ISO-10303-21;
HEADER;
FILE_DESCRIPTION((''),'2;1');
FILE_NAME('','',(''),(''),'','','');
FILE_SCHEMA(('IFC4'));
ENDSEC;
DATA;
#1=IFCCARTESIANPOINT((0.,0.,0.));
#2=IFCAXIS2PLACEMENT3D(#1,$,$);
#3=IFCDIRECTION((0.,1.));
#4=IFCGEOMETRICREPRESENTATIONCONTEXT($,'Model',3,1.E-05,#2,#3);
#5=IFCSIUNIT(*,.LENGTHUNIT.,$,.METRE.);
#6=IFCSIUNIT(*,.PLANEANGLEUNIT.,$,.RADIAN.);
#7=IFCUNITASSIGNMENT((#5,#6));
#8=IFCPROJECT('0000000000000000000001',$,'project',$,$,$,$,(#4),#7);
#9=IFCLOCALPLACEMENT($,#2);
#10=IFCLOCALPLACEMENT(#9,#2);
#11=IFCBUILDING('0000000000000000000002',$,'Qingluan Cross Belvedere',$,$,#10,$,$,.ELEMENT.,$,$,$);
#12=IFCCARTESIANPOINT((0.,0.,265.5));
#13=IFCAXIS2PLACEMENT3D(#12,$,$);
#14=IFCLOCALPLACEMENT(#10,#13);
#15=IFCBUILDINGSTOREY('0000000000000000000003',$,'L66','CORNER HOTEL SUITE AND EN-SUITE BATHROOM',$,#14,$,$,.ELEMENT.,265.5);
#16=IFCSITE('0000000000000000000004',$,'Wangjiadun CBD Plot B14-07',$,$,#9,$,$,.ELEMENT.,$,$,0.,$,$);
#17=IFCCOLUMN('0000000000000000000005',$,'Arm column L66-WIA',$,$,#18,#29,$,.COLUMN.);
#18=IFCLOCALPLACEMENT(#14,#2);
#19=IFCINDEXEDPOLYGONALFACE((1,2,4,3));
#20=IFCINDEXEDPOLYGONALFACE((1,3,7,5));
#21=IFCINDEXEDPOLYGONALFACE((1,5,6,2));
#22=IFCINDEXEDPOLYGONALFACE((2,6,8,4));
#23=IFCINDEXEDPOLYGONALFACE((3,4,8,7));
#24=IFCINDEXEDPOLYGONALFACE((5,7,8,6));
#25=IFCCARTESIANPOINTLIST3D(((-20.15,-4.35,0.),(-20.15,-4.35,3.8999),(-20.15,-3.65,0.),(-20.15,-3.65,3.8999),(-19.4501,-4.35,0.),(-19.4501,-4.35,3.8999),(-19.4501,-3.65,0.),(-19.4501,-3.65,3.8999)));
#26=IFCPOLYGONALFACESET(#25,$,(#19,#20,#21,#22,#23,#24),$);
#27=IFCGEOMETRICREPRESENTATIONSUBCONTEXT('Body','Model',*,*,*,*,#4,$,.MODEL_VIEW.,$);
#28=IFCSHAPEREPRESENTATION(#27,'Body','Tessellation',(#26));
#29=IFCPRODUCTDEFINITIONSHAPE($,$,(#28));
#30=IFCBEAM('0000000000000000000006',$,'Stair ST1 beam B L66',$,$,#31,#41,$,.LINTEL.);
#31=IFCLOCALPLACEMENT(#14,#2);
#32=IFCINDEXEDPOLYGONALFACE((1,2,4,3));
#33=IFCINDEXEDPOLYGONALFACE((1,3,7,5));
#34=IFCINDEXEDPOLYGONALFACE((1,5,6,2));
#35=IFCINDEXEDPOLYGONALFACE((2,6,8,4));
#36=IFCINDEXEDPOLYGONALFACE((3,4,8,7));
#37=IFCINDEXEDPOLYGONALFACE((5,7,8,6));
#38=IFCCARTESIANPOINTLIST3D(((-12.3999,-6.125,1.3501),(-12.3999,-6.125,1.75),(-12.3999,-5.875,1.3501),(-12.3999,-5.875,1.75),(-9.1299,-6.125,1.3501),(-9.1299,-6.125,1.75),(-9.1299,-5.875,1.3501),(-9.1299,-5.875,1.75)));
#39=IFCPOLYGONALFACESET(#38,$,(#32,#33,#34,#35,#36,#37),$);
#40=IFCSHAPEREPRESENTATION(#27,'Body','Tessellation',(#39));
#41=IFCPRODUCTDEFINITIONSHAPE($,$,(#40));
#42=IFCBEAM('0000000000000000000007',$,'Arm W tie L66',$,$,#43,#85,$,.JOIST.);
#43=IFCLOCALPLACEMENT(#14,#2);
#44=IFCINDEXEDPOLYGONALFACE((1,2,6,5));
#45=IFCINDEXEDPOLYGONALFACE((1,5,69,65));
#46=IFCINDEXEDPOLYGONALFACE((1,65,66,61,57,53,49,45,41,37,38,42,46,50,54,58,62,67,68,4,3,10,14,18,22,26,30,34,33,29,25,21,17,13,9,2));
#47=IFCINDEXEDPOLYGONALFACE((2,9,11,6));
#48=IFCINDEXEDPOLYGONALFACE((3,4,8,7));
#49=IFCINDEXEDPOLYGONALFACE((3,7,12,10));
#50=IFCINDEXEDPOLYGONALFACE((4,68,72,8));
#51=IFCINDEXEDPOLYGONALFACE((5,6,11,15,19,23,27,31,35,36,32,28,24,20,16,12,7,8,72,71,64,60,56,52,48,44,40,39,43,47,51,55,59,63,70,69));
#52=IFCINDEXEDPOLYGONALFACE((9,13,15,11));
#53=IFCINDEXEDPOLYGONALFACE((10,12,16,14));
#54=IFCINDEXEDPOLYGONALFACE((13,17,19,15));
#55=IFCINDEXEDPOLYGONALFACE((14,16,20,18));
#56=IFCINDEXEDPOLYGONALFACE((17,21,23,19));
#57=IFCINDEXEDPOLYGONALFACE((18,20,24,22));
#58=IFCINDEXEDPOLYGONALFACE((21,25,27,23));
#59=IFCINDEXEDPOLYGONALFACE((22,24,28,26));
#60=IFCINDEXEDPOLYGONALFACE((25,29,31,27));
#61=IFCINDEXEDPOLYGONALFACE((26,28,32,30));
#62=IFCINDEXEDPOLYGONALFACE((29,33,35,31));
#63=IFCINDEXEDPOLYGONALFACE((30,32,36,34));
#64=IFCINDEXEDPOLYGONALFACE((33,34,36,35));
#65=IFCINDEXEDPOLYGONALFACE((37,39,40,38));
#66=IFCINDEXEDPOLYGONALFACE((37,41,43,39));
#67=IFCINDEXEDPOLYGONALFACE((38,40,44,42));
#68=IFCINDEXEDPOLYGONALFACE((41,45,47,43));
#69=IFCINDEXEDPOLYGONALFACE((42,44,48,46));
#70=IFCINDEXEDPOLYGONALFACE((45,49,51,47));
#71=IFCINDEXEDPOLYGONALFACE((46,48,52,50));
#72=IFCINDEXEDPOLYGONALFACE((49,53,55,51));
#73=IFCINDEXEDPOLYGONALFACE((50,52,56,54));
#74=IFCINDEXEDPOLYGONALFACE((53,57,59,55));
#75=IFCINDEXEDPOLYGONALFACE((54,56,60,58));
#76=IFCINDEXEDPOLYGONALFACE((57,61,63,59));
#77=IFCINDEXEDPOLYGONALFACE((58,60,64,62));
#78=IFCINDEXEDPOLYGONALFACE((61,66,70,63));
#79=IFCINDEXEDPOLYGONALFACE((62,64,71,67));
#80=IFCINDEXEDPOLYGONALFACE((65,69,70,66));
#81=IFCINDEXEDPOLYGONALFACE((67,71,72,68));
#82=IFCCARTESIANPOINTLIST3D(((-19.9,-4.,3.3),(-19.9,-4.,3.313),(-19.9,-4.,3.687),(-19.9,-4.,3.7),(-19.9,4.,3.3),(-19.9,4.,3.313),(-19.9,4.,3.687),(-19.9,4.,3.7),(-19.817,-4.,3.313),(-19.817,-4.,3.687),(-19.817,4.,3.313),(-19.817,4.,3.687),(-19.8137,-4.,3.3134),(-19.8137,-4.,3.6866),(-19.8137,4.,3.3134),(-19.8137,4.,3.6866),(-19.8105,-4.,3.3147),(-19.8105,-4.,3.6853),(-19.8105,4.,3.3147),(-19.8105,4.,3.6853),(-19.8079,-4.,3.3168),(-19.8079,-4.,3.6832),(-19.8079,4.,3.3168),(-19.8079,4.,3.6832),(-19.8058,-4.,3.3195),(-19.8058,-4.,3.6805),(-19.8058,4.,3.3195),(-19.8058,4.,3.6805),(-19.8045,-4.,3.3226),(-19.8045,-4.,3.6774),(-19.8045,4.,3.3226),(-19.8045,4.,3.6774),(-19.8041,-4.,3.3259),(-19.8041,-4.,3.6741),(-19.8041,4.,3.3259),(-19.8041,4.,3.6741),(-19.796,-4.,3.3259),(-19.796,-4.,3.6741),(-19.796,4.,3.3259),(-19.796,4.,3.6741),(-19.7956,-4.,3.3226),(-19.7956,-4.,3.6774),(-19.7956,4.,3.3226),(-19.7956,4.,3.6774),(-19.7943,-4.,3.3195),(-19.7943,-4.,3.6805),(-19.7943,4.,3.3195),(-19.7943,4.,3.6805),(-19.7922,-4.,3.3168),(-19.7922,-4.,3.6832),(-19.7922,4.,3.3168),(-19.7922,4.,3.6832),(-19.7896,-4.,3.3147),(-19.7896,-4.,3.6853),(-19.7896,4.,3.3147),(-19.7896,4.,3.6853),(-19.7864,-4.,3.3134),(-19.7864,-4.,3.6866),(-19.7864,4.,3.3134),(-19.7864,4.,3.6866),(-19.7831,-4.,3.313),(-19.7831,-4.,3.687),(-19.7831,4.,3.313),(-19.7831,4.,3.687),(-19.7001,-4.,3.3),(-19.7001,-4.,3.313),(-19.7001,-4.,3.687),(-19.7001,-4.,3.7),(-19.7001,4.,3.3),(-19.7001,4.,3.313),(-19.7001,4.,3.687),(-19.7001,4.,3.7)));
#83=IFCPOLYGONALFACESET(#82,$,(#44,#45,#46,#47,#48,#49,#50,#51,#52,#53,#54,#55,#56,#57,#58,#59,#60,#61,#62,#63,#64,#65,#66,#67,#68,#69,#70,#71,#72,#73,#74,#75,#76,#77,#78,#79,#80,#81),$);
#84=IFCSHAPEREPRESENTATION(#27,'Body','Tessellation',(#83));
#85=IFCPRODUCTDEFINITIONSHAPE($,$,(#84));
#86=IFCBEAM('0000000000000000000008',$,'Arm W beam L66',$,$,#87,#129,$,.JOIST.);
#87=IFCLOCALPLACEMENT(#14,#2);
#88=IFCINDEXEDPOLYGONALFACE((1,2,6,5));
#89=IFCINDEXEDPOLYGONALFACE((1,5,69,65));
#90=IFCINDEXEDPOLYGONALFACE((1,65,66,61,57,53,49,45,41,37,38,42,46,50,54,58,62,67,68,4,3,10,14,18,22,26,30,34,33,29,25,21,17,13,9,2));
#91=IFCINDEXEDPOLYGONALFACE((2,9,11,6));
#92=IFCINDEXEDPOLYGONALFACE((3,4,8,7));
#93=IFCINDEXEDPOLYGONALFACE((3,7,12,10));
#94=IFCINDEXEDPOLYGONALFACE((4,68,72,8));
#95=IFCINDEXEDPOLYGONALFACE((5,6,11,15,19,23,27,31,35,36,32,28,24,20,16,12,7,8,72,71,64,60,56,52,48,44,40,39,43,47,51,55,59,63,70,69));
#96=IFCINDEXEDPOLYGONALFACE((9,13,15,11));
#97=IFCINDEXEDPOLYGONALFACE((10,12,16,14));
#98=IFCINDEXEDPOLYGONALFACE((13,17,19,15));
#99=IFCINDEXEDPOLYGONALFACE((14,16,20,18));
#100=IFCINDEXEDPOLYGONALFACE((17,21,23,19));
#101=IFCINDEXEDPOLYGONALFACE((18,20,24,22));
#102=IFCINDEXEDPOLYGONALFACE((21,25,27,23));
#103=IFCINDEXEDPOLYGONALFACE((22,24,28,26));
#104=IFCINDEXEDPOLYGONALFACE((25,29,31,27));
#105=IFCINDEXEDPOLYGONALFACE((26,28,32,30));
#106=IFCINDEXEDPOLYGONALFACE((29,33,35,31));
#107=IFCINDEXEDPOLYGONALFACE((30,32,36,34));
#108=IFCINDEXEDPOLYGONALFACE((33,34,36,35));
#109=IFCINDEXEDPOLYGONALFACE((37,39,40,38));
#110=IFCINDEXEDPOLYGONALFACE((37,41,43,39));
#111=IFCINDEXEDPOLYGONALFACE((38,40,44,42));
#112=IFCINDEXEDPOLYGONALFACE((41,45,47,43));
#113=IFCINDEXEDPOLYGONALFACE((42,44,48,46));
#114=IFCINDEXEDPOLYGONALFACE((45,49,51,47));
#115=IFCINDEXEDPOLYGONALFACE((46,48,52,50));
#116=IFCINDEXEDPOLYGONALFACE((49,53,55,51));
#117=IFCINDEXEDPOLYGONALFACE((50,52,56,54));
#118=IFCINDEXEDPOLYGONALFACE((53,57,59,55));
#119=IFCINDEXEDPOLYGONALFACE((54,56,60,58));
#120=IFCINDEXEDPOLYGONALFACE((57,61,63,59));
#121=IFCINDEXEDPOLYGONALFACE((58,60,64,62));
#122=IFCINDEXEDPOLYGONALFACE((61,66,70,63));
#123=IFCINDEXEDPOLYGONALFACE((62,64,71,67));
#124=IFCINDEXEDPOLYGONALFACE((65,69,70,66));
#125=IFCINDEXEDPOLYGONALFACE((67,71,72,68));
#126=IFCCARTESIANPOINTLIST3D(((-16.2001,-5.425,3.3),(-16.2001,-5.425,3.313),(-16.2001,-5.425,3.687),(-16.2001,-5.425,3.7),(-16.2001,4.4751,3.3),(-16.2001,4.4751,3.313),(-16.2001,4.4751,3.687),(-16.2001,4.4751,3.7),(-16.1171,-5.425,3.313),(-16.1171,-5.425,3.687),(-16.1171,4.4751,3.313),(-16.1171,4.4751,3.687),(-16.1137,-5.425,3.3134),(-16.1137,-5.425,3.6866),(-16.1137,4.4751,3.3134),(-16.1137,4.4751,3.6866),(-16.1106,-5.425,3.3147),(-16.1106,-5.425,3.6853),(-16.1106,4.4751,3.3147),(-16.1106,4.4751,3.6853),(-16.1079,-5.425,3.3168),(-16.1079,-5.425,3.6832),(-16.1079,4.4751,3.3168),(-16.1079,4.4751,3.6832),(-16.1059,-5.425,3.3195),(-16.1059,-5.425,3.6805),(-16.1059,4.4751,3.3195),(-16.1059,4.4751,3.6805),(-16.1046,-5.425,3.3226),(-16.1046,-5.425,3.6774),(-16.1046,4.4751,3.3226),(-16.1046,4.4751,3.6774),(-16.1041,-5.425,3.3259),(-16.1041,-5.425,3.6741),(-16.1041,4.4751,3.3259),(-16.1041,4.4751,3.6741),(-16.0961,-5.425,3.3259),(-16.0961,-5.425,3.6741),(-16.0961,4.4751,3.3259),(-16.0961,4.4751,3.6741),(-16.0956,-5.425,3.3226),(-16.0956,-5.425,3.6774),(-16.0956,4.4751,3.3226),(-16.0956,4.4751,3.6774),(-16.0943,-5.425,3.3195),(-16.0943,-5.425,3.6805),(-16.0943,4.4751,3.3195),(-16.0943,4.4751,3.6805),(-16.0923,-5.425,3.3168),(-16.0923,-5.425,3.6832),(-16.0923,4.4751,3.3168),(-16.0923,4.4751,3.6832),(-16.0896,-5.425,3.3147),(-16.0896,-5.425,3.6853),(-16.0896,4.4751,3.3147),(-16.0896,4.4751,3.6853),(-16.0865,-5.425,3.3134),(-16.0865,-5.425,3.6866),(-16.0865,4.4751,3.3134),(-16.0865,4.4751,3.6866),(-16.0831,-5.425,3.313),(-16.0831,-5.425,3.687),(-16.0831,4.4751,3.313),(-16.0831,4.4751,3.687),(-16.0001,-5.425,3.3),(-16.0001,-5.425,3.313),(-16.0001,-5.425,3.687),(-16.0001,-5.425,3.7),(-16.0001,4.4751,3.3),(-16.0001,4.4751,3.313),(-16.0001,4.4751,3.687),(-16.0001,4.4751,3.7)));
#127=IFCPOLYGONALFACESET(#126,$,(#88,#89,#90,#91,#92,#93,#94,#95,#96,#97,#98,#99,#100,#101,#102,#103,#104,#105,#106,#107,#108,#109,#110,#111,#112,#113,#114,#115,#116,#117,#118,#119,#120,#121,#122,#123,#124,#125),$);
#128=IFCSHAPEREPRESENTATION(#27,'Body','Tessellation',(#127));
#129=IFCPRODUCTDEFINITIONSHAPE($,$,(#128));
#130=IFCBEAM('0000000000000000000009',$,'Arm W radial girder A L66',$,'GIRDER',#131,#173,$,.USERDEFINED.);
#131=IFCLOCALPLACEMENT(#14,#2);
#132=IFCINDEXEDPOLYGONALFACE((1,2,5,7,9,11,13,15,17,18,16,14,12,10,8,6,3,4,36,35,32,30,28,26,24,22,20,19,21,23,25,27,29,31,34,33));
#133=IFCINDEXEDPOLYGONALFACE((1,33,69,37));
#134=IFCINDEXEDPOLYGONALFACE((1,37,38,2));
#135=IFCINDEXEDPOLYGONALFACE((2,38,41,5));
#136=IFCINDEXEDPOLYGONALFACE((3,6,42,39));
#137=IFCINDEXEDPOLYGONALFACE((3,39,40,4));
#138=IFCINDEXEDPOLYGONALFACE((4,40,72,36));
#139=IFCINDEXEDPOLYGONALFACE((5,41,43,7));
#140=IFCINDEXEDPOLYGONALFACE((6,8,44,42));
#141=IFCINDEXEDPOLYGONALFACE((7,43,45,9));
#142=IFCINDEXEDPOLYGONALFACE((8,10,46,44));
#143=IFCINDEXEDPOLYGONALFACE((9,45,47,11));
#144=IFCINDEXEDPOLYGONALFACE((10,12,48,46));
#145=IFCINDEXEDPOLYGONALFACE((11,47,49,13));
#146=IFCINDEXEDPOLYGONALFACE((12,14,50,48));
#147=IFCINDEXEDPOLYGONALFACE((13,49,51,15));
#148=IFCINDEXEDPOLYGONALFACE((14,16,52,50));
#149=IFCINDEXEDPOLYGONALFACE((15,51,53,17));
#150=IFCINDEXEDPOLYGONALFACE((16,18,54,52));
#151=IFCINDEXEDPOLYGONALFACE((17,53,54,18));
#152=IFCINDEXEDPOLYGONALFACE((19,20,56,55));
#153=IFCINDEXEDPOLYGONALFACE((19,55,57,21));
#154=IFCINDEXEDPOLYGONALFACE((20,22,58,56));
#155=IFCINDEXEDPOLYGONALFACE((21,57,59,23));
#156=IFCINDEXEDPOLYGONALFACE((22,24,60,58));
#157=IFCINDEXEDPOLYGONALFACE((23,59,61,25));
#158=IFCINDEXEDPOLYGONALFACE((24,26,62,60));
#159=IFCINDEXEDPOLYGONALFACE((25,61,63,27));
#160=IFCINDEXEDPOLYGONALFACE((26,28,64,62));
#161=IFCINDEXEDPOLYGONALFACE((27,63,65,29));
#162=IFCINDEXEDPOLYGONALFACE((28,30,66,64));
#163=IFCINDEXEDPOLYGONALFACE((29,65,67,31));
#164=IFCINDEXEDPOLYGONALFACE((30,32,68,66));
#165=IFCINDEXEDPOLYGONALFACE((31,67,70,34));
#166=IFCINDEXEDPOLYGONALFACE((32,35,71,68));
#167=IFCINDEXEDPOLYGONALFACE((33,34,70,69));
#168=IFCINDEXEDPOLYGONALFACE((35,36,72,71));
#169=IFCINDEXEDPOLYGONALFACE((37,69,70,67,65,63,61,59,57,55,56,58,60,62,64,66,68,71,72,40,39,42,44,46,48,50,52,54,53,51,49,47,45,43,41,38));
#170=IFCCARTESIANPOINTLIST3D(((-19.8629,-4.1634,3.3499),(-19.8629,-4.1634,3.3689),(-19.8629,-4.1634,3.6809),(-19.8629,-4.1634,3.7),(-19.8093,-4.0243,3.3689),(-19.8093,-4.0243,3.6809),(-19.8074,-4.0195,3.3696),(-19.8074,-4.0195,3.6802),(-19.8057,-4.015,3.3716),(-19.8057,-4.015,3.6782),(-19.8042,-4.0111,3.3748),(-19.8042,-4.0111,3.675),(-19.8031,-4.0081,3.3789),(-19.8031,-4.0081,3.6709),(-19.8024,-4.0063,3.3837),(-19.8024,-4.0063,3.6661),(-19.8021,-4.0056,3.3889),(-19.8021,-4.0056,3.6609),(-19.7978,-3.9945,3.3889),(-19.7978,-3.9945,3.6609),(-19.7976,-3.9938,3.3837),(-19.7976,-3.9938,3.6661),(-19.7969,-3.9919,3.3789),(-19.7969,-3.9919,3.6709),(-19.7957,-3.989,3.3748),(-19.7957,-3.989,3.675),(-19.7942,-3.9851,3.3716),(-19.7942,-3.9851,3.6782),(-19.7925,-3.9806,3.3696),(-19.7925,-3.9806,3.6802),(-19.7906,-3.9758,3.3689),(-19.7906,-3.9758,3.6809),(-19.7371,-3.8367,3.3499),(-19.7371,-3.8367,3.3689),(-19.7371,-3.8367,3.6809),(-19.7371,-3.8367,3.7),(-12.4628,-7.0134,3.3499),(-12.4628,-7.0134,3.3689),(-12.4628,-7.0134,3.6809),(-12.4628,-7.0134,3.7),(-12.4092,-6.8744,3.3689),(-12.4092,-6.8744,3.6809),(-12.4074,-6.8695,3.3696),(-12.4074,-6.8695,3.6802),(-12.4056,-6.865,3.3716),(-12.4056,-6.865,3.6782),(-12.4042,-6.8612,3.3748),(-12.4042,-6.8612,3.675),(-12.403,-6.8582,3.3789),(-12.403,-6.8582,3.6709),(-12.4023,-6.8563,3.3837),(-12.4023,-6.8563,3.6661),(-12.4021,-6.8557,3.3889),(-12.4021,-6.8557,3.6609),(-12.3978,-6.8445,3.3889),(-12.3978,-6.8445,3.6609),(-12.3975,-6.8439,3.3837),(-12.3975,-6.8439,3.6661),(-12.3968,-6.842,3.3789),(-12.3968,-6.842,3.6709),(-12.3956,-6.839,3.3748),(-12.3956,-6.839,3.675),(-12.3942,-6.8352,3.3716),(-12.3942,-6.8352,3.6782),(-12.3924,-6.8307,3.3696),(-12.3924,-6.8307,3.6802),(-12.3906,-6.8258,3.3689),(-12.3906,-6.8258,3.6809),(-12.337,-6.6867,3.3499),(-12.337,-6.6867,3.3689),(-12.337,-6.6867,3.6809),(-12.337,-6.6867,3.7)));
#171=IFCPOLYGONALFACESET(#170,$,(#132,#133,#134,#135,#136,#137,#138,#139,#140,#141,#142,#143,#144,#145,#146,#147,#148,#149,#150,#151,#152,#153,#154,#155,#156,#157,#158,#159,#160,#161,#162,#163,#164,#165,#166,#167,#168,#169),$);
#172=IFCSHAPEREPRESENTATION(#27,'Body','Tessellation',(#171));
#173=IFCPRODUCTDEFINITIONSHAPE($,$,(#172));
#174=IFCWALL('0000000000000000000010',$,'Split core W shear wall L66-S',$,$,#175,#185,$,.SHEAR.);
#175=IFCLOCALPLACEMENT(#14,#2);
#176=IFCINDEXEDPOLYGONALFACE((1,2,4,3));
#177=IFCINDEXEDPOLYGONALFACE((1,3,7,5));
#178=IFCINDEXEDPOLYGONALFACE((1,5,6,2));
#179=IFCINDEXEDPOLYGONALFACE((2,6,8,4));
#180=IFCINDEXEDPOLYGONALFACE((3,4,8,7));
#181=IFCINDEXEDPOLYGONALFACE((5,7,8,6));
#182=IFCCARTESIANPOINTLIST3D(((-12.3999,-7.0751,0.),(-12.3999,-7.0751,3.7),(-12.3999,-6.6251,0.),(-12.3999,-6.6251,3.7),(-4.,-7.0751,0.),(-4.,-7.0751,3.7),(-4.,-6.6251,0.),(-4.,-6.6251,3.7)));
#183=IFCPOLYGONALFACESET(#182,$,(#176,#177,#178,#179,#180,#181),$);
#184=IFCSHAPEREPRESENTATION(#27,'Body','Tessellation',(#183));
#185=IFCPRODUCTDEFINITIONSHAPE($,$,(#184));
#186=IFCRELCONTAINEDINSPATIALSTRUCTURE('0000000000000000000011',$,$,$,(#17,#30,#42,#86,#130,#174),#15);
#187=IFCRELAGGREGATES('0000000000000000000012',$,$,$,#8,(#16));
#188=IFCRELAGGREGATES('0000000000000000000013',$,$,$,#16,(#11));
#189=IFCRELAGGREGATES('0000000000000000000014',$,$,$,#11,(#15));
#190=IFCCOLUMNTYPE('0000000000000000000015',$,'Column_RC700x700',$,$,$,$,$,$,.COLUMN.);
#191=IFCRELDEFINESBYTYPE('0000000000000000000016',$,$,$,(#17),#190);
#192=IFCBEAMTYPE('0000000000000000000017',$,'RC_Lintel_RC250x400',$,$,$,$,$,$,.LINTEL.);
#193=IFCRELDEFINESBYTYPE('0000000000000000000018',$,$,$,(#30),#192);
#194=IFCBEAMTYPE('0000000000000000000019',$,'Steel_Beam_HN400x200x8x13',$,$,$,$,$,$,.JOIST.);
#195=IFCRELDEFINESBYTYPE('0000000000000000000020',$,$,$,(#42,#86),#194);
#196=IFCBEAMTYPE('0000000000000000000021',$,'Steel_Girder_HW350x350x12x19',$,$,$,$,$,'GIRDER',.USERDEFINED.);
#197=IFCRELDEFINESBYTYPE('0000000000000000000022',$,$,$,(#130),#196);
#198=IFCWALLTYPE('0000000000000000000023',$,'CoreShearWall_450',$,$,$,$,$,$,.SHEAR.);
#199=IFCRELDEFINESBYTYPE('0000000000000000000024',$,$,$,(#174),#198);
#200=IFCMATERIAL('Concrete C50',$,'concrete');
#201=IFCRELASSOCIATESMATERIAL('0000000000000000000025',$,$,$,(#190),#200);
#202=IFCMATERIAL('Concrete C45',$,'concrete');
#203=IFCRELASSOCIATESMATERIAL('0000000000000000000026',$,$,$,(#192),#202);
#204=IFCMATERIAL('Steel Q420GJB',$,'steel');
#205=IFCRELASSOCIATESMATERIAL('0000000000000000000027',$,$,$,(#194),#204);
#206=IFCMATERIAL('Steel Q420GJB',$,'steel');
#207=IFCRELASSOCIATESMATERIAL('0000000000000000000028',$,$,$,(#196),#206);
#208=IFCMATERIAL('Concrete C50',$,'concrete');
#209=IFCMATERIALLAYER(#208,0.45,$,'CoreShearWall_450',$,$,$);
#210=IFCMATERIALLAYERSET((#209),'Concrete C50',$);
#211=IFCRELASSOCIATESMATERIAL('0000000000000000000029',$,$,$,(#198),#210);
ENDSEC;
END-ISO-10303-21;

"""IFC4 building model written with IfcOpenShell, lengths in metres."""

from ifc_helpers import new_model, si_unit, direction, frame, frame_2d, origin, origin_2d, place, context, subcontext, project, spatial, rectangle, i_section, extrude, material, layer, layer_set, material_profile, profile_set, type_object, element, save


model = new_model("IFC4")

# Units and contexts
model_context = context("Model", 3, precision=1e-05, world=origin(), true_north=direction((0.0, 1.0)))
body_context = subcontext(model_context, "Body", "Model", "MODEL_VIEW")
ifc_project = project(units=[si_unit("LENGTHUNIT", "METRE"), si_unit("PLANEANGLEUNIT", "RADIAN")], contexts=[model_context])

# Site, building, storey
site_placement = place(None, origin())
site = spatial("IfcSite", under=ifc_project, at=site_placement, Name="Wangjiadun CBD Plot B14-07", CompositionType="ELEMENT", RefElevation=0.0)
building_placement = place(site_placement, origin())
building = spatial("IfcBuilding", under=site, at=building_placement, Name="Qingluan Cross Belvedere", CompositionType="ELEMENT")
storey_placement = place(building_placement, frame((0.0, 0.0, 265.5)))
storey = spatial("IfcBuildingStorey", under=building, at=storey_placement, Name="L66", Description="CORNER HOTEL SUITE AND EN-SUITE BATHROOM", CompositionType="ELEMENT", Elevation=265.5)

# Column
ifc_material_1 = material(Name="Concrete C50", Category="concrete")
ifc_material_profile_1 = material_profile(ifc_material_1, rectangle(XDim=0.7, YDim=0.7, at=origin_2d()), Name="RC700x700")
ifc_profile_set_1 = profile_set([ifc_material_profile_1], Name="Concrete C50")
column_type = type_object("IfcColumnType", Name="Column_RC700x700", PredefinedType="COLUMN", material=ifc_profile_set_1)
column_placement = place(storey_placement, frame((-19.8, -4.0, 0.0), z_axis=(0.0, 0.0, 1.0), x_axis=(1.0, 0.0, 0.0)))
element("IfcColumn", 1, at=column_placement, inside=storey, type_object=column_type, Name="Arm column L66-WIA", PredefinedType="COLUMN", context=body_context, shape_type="SweptSolid", body=[
    extrude(rectangle(XDim=0.7, YDim=0.7, at=origin_2d()), origin(), (0.0, 0.0, 1.0), 3.8999),
])

# Beams
ifc_material_2 = material(Name="Concrete C45", Category="concrete")
ifc_material_profile_2 = material_profile(ifc_material_2, rectangle(XDim=0.25, YDim=0.3999, at=origin_2d()), Name="RC250x400")
ifc_profile_set_2 = profile_set([ifc_material_profile_2], Name="Concrete C45")
beam_type_1 = type_object("IfcBeamType", Name="RC_Lintel_RC250x400", PredefinedType="LINTEL", material=ifc_profile_set_2)
beam_1_placement = place(storey_placement, frame((-12.3999, -6.0, 1.55), z_axis=(1.0, 0.0, 0.0), x_axis=(0.0, 1.0, 0.0)))
element("IfcBeam", 2, at=beam_1_placement, inside=storey, type_object=beam_type_1, Name="Stair ST1 beam B L66", PredefinedType="LINTEL", context=body_context, shape_type="SweptSolid", body=[
    extrude(rectangle(XDim=0.25, YDim=0.3999, at=origin_2d()), origin(), (0.0, 0.0, 1.0), 3.27),
])
ifc_material_3 = material(Name="Steel Q420GJB", Category="steel")
ifc_material_profile_3 = material_profile(ifc_material_3, i_section(OverallWidth=0.2, OverallDepth=0.3999, WebThickness=0.0081, FlangeThickness=0.0129, FilletRadius=0.0129, at=origin_2d()), Name="HN400x200x8x13")
ifc_profile_set_3 = profile_set([ifc_material_profile_3], Name="Steel Q420GJB")
beam_type_2 = type_object("IfcBeamType", Name="Steel_Beam_HN400x200x8x13", PredefinedType="JOIST", material=ifc_profile_set_3)
beam_2_placement = place(storey_placement, frame((-19.8, -4.0, 3.5), z_axis=(0.0, 1.0, 0.0), x_axis=(-1.0, 0.0, 0.0)))
element("IfcBeam", 3, at=beam_2_placement, inside=storey, type_object=beam_type_2, Name="Arm W tie L66", PredefinedType="JOIST", context=body_context, shape_type="SweptSolid", body=[
    extrude(i_section(OverallWidth=0.2, OverallDepth=0.3999, WebThickness=0.0081, FlangeThickness=0.0129, FilletRadius=0.0129, at=origin_2d()), origin(), (0.0, 0.0, 1.0), 8.0),
])
beam_3_placement = place(storey_placement, frame((-16.1001, -5.425, 3.5), z_axis=(0.0, 1.0, 0.0), x_axis=(-1.0, 0.0, 0.0)))
element("IfcBeam", 4, at=beam_3_placement, inside=storey, type_object=beam_type_2, Name="Arm W beam L66", PredefinedType="JOIST", context=body_context, shape_type="SweptSolid", body=[
    extrude(i_section(OverallWidth=0.2, OverallDepth=0.3999, WebThickness=0.0081, FlangeThickness=0.0129, FilletRadius=0.0129, at=origin_2d()), origin(), (0.0, 0.0, 1.0), 9.9001),
])
ifc_material_4 = material(Name="Steel Q420GJB", Category="steel")
ifc_material_profile_4 = material_profile(ifc_material_4, i_section(OverallWidth=0.3501, OverallDepth=0.3501, WebThickness=0.012, FlangeThickness=0.019, FilletRadius=0.02, at=origin_2d()), Name="HW350x350x12x19")
ifc_profile_set_4 = profile_set([ifc_material_profile_4], Name="Steel Q420GJB")
beam_type_3 = type_object("IfcBeamType", Name="Steel_Girder_HW350x350x12x19", ElementType="GIRDER", PredefinedType="USERDEFINED", material=ifc_profile_set_4)
beam_4_placement = place(storey_placement, frame((-12.3999, -6.8501, 3.5249), z_axis=(-0.933181, 0.359406, 0.0), x_axis=(-0.359406, -0.933181, 0.0)))
element("IfcBeam", 5, at=beam_4_placement, inside=storey, type_object=beam_type_3, Name="Arm W radial girder A L66", ObjectType="GIRDER", PredefinedType="USERDEFINED", context=body_context, shape_type="SweptSolid", body=[
    extrude(i_section(OverallWidth=0.3501, OverallDepth=0.3501, WebThickness=0.012, FlangeThickness=0.019, FilletRadius=0.02, at=origin_2d()), origin(), (0.0, 0.0, 1.0), 7.9299),
])

# Wall
ifc_material_5 = material(Name="Concrete C50", Category="concrete")
ifc_layer_1 = layer(ifc_material_5, 0.45, Name="CoreShearWall_450")
ifc_layer_set_1 = layer_set([ifc_layer_1], Name="Concrete C50")
wall_type_1 = type_object("IfcWallType", Name="CoreShearWall_450", PredefinedType="SHEAR", material=ifc_layer_set_1)
wall_1_placement = place(storey_placement, frame((-12.3999, -6.8501, 0.0), z_axis=(0.0, 0.0, 1.0), x_axis=(1.0, 0.0, 0.0)))
element("IfcWall", 6, at=wall_1_placement, inside=storey, type_object=wall_type_1, Name="Split core W shear wall L66-S", PredefinedType="SHEAR", context=body_context, shape_type="SweptSolid", body=[
    extrude(rectangle(XDim=8.3999, YDim=0.45, at=frame_2d((4.2, 0.0))), origin(), (0.0, 0.0, 1.0), 3.7),
])

save(model, "model.ifc")
